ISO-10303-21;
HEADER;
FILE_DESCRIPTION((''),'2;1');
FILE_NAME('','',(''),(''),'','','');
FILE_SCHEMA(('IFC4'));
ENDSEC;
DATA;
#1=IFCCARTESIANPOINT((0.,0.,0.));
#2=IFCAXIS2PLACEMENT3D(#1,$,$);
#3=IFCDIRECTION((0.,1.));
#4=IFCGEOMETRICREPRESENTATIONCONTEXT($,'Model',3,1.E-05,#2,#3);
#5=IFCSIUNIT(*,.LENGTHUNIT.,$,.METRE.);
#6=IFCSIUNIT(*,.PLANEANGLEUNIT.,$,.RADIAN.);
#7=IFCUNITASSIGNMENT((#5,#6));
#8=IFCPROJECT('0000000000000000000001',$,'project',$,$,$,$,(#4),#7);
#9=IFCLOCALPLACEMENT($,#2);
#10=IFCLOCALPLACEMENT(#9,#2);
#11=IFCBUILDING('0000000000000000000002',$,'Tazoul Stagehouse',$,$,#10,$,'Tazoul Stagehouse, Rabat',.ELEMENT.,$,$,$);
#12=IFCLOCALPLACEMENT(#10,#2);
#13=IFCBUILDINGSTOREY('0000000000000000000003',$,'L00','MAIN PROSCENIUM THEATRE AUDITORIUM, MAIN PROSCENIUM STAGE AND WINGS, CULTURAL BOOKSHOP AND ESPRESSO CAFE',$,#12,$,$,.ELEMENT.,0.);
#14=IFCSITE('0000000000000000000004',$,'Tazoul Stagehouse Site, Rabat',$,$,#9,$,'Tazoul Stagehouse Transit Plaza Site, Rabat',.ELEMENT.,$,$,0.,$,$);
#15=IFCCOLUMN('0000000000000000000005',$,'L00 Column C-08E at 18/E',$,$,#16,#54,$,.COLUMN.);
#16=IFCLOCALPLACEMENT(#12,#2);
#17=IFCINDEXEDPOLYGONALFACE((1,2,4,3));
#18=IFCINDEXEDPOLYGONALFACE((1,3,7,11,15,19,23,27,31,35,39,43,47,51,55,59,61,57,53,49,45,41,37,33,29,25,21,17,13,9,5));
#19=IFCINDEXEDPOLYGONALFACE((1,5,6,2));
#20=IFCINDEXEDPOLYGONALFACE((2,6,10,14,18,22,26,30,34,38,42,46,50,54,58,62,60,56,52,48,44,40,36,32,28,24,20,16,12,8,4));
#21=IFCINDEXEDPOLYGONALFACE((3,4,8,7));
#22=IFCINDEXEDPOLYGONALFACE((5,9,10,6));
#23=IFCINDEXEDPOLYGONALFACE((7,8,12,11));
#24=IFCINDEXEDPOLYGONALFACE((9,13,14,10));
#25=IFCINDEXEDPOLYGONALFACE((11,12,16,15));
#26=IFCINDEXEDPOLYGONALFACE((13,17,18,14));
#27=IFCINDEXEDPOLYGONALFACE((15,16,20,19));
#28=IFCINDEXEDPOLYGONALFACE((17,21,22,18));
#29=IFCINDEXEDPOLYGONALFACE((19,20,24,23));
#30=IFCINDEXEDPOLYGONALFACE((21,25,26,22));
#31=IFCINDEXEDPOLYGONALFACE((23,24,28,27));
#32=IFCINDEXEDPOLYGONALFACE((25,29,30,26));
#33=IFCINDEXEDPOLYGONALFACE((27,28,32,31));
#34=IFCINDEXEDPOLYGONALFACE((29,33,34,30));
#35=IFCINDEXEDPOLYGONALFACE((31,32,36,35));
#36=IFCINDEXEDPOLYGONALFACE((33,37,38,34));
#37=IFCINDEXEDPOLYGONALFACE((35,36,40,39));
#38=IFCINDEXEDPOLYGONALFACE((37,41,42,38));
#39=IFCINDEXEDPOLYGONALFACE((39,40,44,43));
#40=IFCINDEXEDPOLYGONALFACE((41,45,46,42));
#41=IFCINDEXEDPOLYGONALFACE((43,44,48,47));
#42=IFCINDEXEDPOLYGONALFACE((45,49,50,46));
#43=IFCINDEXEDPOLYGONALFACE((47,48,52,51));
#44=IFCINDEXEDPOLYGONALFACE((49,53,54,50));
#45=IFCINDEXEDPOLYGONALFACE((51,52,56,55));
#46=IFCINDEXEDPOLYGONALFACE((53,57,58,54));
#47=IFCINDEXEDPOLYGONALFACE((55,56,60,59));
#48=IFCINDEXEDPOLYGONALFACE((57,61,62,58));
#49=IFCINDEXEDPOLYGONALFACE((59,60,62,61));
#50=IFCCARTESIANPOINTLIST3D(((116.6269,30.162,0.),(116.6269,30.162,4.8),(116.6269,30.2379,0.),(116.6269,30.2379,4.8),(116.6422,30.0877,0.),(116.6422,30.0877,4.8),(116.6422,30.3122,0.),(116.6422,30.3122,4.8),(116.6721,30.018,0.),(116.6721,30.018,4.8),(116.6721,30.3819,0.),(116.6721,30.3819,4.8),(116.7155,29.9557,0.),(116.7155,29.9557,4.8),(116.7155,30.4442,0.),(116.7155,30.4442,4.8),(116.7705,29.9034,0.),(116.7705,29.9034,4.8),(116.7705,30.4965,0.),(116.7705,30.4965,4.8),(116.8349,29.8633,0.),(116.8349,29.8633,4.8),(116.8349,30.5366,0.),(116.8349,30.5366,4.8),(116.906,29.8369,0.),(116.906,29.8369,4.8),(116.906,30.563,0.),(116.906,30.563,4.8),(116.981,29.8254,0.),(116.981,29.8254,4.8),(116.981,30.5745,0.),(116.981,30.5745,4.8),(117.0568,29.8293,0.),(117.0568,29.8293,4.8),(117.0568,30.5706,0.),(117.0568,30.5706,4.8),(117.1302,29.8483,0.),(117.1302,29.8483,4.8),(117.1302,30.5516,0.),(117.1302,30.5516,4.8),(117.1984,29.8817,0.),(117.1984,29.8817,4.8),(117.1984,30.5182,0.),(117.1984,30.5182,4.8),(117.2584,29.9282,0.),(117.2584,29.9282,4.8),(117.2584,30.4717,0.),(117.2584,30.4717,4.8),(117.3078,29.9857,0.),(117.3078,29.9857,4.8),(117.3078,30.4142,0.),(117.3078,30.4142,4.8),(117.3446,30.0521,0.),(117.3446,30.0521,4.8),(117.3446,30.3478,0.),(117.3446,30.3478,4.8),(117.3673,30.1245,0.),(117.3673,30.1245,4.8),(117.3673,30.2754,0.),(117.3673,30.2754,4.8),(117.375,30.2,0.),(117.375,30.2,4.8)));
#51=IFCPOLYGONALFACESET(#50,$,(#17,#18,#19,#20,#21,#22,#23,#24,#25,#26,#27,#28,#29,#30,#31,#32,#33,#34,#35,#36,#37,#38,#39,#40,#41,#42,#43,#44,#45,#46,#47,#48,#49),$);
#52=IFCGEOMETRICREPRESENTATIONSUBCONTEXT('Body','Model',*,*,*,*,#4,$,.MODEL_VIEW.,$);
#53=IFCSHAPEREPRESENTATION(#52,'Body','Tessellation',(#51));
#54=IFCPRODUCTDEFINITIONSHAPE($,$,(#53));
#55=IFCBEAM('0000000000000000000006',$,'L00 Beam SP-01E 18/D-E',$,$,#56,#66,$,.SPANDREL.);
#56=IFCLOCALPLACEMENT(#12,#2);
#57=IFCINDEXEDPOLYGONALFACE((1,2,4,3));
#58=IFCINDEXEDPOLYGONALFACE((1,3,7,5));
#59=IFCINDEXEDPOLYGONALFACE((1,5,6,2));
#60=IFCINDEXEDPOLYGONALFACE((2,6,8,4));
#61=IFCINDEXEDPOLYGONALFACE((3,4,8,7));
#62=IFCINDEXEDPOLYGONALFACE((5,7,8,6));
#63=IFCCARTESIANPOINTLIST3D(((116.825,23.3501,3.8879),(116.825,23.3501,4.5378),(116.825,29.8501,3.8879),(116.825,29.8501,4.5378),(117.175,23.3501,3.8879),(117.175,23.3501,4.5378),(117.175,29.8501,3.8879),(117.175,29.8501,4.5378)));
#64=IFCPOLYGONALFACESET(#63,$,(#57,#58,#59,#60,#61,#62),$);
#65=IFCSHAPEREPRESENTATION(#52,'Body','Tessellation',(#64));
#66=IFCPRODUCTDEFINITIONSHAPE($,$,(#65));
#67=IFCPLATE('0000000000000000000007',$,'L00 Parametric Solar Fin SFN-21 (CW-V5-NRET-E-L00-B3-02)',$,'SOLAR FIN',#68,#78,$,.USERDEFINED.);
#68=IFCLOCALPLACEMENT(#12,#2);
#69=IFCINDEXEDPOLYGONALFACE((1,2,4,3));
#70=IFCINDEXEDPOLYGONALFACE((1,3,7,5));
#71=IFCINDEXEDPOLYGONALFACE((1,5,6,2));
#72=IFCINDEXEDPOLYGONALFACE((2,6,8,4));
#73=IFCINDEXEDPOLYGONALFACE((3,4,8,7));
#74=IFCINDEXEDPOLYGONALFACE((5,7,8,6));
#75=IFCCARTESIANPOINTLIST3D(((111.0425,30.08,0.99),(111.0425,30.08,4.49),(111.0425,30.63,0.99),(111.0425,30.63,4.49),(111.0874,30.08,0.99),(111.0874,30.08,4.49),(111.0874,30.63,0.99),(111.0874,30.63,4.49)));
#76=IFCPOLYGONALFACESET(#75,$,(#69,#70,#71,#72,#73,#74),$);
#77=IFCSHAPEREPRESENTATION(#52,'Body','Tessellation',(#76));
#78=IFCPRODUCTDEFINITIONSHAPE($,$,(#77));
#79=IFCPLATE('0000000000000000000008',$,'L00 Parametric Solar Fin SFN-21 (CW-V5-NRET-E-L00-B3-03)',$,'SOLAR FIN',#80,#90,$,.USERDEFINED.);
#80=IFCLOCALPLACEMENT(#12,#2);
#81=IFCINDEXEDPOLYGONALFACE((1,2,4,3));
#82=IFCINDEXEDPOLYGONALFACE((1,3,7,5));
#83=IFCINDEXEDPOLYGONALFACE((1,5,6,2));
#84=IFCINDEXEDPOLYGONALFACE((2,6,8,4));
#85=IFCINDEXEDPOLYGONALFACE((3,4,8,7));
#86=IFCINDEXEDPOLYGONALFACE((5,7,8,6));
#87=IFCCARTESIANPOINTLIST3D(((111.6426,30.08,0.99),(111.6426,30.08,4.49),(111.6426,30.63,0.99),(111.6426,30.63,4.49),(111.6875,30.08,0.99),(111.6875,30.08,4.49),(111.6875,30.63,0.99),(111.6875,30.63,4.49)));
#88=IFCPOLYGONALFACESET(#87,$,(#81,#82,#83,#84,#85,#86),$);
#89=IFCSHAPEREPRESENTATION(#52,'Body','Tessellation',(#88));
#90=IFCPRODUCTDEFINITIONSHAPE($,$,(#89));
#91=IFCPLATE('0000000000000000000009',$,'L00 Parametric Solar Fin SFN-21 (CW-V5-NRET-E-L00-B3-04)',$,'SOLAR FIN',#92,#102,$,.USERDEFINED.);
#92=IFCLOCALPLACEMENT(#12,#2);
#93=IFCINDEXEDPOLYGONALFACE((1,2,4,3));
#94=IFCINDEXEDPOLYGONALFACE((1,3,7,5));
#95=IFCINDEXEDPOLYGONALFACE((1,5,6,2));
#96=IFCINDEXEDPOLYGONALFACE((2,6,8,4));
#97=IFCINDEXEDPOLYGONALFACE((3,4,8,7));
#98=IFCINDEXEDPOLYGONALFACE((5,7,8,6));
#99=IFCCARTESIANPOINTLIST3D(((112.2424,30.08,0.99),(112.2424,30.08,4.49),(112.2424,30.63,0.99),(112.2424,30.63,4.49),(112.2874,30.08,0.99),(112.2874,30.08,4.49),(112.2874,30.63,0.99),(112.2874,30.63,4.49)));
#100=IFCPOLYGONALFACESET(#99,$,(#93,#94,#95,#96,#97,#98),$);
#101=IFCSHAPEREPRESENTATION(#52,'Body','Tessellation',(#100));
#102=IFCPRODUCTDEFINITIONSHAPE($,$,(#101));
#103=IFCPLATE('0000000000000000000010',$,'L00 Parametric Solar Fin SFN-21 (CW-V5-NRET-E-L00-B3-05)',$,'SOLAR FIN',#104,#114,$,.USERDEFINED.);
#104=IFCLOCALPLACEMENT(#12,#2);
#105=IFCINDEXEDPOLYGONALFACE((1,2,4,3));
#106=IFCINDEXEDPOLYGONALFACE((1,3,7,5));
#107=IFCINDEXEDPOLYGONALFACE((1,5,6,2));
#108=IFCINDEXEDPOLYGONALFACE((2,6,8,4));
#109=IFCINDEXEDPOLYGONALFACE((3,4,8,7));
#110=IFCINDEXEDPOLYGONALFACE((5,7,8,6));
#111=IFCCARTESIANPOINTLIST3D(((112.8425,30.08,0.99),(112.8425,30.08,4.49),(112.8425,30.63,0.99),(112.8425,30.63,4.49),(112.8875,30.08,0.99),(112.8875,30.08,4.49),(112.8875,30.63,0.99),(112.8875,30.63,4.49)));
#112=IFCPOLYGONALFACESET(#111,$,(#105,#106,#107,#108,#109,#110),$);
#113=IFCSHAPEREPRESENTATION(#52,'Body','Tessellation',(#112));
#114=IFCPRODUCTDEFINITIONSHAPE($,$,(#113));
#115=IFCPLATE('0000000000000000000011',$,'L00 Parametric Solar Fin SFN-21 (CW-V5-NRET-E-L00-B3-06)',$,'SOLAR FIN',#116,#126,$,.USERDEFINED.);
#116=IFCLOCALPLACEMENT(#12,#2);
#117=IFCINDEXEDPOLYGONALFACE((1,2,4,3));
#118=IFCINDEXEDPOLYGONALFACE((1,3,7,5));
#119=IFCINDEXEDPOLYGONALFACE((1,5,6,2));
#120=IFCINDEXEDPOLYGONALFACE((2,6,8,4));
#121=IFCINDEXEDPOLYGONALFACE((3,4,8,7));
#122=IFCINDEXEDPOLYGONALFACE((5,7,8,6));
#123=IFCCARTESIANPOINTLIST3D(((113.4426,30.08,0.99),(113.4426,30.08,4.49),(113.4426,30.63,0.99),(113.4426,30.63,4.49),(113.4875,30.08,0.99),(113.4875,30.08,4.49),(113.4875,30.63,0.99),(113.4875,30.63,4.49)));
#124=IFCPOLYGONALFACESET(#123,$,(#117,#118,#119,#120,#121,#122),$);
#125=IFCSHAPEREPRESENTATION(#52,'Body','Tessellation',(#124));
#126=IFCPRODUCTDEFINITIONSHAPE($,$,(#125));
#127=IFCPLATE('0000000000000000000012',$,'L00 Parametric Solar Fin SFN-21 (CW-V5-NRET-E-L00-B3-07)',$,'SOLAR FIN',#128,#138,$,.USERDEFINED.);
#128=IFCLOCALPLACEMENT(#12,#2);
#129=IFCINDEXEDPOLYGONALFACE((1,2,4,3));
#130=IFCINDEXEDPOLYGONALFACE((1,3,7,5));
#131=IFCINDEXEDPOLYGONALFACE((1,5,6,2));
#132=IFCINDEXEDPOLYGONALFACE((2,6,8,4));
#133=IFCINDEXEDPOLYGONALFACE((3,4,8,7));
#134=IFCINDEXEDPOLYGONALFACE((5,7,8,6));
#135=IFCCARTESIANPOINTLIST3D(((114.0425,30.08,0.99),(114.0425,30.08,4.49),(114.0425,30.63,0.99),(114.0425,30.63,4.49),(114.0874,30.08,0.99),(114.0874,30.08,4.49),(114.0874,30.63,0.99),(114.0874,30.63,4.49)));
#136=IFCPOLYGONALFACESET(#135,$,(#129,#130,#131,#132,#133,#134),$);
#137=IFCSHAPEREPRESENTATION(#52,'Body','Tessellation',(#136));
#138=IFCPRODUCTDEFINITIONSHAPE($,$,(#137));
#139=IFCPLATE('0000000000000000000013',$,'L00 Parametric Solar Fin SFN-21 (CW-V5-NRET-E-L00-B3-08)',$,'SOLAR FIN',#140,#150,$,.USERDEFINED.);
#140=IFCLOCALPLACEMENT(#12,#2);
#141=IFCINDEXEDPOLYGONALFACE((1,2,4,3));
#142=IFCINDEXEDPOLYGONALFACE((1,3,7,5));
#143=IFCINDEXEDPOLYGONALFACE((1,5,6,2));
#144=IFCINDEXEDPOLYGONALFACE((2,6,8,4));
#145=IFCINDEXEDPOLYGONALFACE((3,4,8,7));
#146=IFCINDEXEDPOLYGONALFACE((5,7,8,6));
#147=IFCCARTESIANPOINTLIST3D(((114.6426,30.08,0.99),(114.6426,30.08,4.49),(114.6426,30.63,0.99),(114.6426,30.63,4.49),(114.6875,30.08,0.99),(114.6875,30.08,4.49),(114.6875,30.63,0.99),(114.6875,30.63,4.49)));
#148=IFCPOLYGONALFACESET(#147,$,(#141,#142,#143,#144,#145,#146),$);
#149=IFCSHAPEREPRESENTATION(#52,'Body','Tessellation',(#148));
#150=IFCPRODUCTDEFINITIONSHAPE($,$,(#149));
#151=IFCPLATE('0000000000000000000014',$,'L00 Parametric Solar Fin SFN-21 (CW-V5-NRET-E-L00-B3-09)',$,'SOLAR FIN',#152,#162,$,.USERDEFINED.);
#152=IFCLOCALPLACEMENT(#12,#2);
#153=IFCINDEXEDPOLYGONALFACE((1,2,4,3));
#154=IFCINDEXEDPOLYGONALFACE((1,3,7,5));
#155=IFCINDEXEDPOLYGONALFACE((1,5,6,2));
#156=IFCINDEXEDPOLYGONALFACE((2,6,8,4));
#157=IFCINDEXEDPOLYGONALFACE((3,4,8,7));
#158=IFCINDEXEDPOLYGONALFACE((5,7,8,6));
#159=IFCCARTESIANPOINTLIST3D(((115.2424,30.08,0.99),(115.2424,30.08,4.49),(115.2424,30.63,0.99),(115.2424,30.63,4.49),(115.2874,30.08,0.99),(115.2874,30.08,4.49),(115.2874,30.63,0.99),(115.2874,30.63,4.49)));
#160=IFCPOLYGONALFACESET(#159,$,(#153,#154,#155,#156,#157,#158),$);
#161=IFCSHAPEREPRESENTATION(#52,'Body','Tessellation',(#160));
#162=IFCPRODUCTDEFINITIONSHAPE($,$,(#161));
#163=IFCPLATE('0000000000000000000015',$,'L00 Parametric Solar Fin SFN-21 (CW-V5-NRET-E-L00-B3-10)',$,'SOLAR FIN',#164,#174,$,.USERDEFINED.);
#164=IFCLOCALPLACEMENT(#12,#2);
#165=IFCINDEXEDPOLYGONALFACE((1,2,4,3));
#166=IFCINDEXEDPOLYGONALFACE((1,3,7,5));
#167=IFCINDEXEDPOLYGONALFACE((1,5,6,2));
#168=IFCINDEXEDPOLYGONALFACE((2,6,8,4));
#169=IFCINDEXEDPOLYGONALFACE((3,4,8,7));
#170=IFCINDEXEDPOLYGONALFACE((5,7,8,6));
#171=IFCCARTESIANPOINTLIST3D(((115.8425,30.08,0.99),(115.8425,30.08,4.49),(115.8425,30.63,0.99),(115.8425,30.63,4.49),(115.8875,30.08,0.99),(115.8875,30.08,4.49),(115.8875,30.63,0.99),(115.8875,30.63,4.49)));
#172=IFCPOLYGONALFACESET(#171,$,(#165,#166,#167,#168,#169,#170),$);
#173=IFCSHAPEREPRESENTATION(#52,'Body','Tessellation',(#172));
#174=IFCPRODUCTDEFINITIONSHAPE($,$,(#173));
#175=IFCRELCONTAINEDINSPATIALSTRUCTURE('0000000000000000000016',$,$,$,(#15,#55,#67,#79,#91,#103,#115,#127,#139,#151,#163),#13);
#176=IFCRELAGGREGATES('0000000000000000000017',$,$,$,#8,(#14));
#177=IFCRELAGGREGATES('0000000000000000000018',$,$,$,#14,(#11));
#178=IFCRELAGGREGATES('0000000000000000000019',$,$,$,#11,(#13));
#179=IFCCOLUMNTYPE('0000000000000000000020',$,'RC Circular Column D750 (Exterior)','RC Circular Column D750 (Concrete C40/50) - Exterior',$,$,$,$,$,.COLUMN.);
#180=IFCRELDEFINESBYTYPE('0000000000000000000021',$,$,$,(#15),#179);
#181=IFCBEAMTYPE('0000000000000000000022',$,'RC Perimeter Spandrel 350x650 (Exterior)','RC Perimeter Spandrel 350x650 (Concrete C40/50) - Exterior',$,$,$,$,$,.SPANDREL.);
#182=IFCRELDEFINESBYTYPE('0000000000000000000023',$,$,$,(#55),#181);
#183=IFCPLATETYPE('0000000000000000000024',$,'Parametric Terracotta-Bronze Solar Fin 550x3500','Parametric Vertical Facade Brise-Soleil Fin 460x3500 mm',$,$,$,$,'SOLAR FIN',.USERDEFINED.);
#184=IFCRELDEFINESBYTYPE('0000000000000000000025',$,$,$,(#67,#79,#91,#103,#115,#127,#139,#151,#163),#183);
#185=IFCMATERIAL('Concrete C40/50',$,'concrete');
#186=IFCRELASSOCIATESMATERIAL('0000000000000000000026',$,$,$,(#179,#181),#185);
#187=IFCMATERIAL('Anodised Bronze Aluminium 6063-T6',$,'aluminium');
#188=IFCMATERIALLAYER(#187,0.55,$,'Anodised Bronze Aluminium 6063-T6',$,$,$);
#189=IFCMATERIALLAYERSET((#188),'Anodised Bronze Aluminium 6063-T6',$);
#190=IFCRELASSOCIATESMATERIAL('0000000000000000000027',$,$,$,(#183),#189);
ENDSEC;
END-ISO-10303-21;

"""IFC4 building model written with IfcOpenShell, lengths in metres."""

from ifc_helpers import new_model, si_unit, direction, frame, origin, origin_2d, place, context, subcontext, project, spatial, rectangle, circle, extrude, material, layer, layer_set, material_profile, profile_set, type_object, element, save


model = new_model("IFC4")

# Units and contexts
model_context = context("Model", 3, precision=1e-05, world=origin(), true_north=direction((0.0, 1.0)))
body_context = subcontext(model_context, "Body", "Model", "MODEL_VIEW")
ifc_project = project(units=[si_unit("LENGTHUNIT", "METRE"), si_unit("PLANEANGLEUNIT", "RADIAN")], contexts=[model_context])

# Site, building, storey
site_placement = place(None, origin())
site = spatial("IfcSite", under=ifc_project, at=site_placement, Name="Tazoul Stagehouse Site, Rabat", LongName="Tazoul Stagehouse Transit Plaza Site, Rabat", CompositionType="ELEMENT", RefElevation=0.0)
building_placement = place(site_placement, origin())
building = spatial("IfcBuilding", under=site, at=building_placement, Name="Tazoul Stagehouse", LongName="Tazoul Stagehouse, Rabat", CompositionType="ELEMENT")
storey_placement = place(building_placement, origin())
storey = spatial("IfcBuildingStorey", under=building, at=storey_placement, Name="L00", Description="MAIN PROSCENIUM THEATRE AUDITORIUM, MAIN PROSCENIUM STAGE AND WINGS, CULTURAL BOOKSHOP AND ESPRESSO CAFE", CompositionType="ELEMENT", Elevation=0.0)

# Column
ifc_material_1 = material(Name="Concrete C40/50", Category="concrete")
ifc_material_profile_1 = material_profile(ifc_material_1, circle(Radius=0.375, at=origin_2d()), Name="RC D750")
ifc_profile_set_1 = profile_set([ifc_material_profile_1], Name="Concrete C40/50")
column_type = type_object("IfcColumnType", Name="RC Circular Column D750 (Exterior)", Description="RC Circular Column D750 (Concrete C40/50) - Exterior", PredefinedType="COLUMN", material=ifc_profile_set_1)
column_placement = place(storey_placement, frame((117.0, 30.2, 0.0), z_axis=(0.0, 0.0, 1.0), x_axis=(1.0, 0.0, 0.0)))
element("IfcColumn", 1, at=column_placement, inside=storey, type_object=column_type, Name="L00 Column C-08E at 18/E", PredefinedType="COLUMN", context=body_context, shape_type="SweptSolid", body=[
    extrude(circle(Radius=0.375, at=origin_2d()), origin(), (0.0, 0.0, 1.0), 4.8),
])

# Beam
ifc_material_profile_2 = material_profile(ifc_material_1, rectangle(XDim=0.3501, YDim=0.6499, at=origin_2d()), Name="RC 350x650")
ifc_profile_set_2 = profile_set([ifc_material_profile_2], Name="Concrete C40/50")
beam_type = type_object("IfcBeamType", Name="RC Perimeter Spandrel 350x650 (Exterior)", Description="RC Perimeter Spandrel 350x650 (Concrete C40/50) - Exterior", PredefinedType="SPANDREL", material=ifc_profile_set_2)
beam_placement = place(storey_placement, frame((117.0, 23.3501, 4.2129), z_axis=(0.0, 1.0, 0.0), x_axis=(-1.0, 0.0, 0.0)))
element("IfcBeam", 2, at=beam_placement, inside=storey, type_object=beam_type, Name="L00 Beam SP-01E 18/D-E", PredefinedType="SPANDREL", context=body_context, shape_type="SweptSolid", body=[
    extrude(rectangle(XDim=0.3501, YDim=0.6499, at=origin_2d()), origin(), (0.0, 0.0, 1.0), 6.5),
])

# Plates
ifc_material_2 = material(Name="Anodised Bronze Aluminium 6063-T6", Category="aluminium")
ifc_layer_1 = layer(ifc_material_2, 0.55, Name="Anodised Bronze Aluminium 6063-T6")
ifc_layer_set_1 = layer_set([ifc_layer_1], Name="Anodised Bronze Aluminium 6063-T6")
plate_type = type_object("IfcPlateType", Name="Parametric Terracotta-Bronze Solar Fin 550x3500", Description="Parametric Vertical Facade Brise-Soleil Fin 460x3500 mm", ElementType="SOLAR FIN", PredefinedType="USERDEFINED", material=ifc_layer_set_1)
for number, where, z_axis, x_axis, name in (
    (3, (111.0649, 30.355, 0.99), (0.0, 0.0, 1.0), (1.0, 0.0, 0.0), "L00 Parametric Solar Fin SFN-21 (CW-V5-NRET-E-L00-B3-02)"),
    (4, (111.665, 30.355, 0.99), (0.0, 0.0, 1.0), (1.0, 0.0, 0.0), "L00 Parametric Solar Fin SFN-21 (CW-V5-NRET-E-L00-B3-03)"),
    (5, (112.2649, 30.355, 0.99), (0.0, 0.0, 1.0), (1.0, 0.0, 0.0), "L00 Parametric Solar Fin SFN-21 (CW-V5-NRET-E-L00-B3-04)"),
    (6, (112.865, 30.355, 0.99), (0.0, 0.0, 1.0), (1.0, 0.0, 0.0), "L00 Parametric Solar Fin SFN-21 (CW-V5-NRET-E-L00-B3-05)"),
    (7, (113.4651, 30.355, 0.99), (0.0, 0.0, 1.0), (1.0, 0.0, 0.0), "L00 Parametric Solar Fin SFN-21 (CW-V5-NRET-E-L00-B3-06)"),
    (8, (114.0649, 30.355, 0.99), (0.0, 0.0, 1.0), (1.0, 0.0, 0.0), "L00 Parametric Solar Fin SFN-21 (CW-V5-NRET-E-L00-B3-07)"),
    (9, (114.665, 30.355, 0.99), (0.0, 0.0, 1.0), (1.0, 0.0, 0.0), "L00 Parametric Solar Fin SFN-21 (CW-V5-NRET-E-L00-B3-08)"),
    (10, (115.2649, 30.355, 0.99), (0.0, 0.0, 1.0), (1.0, 0.0, 0.0), "L00 Parametric Solar Fin SFN-21 (CW-V5-NRET-E-L00-B3-09)"),
    (11, (115.865, 30.355, 0.99), (0.0, 0.0, 1.0), (1.0, 0.0, 0.0), "L00 Parametric Solar Fin SFN-21 (CW-V5-NRET-E-L00-B3-10)"),
):
    element("IfcPlate", number, at=place(storey_placement, frame(where, z_axis=z_axis, x_axis=x_axis)), inside=storey, type_object=plate_type, Name=name, ObjectType="SOLAR FIN", PredefinedType="USERDEFINED", context=body_context, shape_type="SweptSolid", body=[
        extrude(rectangle(XDim=0.0449, YDim=0.55, at=origin_2d()), origin(), (0.0, 0.0, 1.0), 3.5),
    ])

save(model, "model.ifc")
